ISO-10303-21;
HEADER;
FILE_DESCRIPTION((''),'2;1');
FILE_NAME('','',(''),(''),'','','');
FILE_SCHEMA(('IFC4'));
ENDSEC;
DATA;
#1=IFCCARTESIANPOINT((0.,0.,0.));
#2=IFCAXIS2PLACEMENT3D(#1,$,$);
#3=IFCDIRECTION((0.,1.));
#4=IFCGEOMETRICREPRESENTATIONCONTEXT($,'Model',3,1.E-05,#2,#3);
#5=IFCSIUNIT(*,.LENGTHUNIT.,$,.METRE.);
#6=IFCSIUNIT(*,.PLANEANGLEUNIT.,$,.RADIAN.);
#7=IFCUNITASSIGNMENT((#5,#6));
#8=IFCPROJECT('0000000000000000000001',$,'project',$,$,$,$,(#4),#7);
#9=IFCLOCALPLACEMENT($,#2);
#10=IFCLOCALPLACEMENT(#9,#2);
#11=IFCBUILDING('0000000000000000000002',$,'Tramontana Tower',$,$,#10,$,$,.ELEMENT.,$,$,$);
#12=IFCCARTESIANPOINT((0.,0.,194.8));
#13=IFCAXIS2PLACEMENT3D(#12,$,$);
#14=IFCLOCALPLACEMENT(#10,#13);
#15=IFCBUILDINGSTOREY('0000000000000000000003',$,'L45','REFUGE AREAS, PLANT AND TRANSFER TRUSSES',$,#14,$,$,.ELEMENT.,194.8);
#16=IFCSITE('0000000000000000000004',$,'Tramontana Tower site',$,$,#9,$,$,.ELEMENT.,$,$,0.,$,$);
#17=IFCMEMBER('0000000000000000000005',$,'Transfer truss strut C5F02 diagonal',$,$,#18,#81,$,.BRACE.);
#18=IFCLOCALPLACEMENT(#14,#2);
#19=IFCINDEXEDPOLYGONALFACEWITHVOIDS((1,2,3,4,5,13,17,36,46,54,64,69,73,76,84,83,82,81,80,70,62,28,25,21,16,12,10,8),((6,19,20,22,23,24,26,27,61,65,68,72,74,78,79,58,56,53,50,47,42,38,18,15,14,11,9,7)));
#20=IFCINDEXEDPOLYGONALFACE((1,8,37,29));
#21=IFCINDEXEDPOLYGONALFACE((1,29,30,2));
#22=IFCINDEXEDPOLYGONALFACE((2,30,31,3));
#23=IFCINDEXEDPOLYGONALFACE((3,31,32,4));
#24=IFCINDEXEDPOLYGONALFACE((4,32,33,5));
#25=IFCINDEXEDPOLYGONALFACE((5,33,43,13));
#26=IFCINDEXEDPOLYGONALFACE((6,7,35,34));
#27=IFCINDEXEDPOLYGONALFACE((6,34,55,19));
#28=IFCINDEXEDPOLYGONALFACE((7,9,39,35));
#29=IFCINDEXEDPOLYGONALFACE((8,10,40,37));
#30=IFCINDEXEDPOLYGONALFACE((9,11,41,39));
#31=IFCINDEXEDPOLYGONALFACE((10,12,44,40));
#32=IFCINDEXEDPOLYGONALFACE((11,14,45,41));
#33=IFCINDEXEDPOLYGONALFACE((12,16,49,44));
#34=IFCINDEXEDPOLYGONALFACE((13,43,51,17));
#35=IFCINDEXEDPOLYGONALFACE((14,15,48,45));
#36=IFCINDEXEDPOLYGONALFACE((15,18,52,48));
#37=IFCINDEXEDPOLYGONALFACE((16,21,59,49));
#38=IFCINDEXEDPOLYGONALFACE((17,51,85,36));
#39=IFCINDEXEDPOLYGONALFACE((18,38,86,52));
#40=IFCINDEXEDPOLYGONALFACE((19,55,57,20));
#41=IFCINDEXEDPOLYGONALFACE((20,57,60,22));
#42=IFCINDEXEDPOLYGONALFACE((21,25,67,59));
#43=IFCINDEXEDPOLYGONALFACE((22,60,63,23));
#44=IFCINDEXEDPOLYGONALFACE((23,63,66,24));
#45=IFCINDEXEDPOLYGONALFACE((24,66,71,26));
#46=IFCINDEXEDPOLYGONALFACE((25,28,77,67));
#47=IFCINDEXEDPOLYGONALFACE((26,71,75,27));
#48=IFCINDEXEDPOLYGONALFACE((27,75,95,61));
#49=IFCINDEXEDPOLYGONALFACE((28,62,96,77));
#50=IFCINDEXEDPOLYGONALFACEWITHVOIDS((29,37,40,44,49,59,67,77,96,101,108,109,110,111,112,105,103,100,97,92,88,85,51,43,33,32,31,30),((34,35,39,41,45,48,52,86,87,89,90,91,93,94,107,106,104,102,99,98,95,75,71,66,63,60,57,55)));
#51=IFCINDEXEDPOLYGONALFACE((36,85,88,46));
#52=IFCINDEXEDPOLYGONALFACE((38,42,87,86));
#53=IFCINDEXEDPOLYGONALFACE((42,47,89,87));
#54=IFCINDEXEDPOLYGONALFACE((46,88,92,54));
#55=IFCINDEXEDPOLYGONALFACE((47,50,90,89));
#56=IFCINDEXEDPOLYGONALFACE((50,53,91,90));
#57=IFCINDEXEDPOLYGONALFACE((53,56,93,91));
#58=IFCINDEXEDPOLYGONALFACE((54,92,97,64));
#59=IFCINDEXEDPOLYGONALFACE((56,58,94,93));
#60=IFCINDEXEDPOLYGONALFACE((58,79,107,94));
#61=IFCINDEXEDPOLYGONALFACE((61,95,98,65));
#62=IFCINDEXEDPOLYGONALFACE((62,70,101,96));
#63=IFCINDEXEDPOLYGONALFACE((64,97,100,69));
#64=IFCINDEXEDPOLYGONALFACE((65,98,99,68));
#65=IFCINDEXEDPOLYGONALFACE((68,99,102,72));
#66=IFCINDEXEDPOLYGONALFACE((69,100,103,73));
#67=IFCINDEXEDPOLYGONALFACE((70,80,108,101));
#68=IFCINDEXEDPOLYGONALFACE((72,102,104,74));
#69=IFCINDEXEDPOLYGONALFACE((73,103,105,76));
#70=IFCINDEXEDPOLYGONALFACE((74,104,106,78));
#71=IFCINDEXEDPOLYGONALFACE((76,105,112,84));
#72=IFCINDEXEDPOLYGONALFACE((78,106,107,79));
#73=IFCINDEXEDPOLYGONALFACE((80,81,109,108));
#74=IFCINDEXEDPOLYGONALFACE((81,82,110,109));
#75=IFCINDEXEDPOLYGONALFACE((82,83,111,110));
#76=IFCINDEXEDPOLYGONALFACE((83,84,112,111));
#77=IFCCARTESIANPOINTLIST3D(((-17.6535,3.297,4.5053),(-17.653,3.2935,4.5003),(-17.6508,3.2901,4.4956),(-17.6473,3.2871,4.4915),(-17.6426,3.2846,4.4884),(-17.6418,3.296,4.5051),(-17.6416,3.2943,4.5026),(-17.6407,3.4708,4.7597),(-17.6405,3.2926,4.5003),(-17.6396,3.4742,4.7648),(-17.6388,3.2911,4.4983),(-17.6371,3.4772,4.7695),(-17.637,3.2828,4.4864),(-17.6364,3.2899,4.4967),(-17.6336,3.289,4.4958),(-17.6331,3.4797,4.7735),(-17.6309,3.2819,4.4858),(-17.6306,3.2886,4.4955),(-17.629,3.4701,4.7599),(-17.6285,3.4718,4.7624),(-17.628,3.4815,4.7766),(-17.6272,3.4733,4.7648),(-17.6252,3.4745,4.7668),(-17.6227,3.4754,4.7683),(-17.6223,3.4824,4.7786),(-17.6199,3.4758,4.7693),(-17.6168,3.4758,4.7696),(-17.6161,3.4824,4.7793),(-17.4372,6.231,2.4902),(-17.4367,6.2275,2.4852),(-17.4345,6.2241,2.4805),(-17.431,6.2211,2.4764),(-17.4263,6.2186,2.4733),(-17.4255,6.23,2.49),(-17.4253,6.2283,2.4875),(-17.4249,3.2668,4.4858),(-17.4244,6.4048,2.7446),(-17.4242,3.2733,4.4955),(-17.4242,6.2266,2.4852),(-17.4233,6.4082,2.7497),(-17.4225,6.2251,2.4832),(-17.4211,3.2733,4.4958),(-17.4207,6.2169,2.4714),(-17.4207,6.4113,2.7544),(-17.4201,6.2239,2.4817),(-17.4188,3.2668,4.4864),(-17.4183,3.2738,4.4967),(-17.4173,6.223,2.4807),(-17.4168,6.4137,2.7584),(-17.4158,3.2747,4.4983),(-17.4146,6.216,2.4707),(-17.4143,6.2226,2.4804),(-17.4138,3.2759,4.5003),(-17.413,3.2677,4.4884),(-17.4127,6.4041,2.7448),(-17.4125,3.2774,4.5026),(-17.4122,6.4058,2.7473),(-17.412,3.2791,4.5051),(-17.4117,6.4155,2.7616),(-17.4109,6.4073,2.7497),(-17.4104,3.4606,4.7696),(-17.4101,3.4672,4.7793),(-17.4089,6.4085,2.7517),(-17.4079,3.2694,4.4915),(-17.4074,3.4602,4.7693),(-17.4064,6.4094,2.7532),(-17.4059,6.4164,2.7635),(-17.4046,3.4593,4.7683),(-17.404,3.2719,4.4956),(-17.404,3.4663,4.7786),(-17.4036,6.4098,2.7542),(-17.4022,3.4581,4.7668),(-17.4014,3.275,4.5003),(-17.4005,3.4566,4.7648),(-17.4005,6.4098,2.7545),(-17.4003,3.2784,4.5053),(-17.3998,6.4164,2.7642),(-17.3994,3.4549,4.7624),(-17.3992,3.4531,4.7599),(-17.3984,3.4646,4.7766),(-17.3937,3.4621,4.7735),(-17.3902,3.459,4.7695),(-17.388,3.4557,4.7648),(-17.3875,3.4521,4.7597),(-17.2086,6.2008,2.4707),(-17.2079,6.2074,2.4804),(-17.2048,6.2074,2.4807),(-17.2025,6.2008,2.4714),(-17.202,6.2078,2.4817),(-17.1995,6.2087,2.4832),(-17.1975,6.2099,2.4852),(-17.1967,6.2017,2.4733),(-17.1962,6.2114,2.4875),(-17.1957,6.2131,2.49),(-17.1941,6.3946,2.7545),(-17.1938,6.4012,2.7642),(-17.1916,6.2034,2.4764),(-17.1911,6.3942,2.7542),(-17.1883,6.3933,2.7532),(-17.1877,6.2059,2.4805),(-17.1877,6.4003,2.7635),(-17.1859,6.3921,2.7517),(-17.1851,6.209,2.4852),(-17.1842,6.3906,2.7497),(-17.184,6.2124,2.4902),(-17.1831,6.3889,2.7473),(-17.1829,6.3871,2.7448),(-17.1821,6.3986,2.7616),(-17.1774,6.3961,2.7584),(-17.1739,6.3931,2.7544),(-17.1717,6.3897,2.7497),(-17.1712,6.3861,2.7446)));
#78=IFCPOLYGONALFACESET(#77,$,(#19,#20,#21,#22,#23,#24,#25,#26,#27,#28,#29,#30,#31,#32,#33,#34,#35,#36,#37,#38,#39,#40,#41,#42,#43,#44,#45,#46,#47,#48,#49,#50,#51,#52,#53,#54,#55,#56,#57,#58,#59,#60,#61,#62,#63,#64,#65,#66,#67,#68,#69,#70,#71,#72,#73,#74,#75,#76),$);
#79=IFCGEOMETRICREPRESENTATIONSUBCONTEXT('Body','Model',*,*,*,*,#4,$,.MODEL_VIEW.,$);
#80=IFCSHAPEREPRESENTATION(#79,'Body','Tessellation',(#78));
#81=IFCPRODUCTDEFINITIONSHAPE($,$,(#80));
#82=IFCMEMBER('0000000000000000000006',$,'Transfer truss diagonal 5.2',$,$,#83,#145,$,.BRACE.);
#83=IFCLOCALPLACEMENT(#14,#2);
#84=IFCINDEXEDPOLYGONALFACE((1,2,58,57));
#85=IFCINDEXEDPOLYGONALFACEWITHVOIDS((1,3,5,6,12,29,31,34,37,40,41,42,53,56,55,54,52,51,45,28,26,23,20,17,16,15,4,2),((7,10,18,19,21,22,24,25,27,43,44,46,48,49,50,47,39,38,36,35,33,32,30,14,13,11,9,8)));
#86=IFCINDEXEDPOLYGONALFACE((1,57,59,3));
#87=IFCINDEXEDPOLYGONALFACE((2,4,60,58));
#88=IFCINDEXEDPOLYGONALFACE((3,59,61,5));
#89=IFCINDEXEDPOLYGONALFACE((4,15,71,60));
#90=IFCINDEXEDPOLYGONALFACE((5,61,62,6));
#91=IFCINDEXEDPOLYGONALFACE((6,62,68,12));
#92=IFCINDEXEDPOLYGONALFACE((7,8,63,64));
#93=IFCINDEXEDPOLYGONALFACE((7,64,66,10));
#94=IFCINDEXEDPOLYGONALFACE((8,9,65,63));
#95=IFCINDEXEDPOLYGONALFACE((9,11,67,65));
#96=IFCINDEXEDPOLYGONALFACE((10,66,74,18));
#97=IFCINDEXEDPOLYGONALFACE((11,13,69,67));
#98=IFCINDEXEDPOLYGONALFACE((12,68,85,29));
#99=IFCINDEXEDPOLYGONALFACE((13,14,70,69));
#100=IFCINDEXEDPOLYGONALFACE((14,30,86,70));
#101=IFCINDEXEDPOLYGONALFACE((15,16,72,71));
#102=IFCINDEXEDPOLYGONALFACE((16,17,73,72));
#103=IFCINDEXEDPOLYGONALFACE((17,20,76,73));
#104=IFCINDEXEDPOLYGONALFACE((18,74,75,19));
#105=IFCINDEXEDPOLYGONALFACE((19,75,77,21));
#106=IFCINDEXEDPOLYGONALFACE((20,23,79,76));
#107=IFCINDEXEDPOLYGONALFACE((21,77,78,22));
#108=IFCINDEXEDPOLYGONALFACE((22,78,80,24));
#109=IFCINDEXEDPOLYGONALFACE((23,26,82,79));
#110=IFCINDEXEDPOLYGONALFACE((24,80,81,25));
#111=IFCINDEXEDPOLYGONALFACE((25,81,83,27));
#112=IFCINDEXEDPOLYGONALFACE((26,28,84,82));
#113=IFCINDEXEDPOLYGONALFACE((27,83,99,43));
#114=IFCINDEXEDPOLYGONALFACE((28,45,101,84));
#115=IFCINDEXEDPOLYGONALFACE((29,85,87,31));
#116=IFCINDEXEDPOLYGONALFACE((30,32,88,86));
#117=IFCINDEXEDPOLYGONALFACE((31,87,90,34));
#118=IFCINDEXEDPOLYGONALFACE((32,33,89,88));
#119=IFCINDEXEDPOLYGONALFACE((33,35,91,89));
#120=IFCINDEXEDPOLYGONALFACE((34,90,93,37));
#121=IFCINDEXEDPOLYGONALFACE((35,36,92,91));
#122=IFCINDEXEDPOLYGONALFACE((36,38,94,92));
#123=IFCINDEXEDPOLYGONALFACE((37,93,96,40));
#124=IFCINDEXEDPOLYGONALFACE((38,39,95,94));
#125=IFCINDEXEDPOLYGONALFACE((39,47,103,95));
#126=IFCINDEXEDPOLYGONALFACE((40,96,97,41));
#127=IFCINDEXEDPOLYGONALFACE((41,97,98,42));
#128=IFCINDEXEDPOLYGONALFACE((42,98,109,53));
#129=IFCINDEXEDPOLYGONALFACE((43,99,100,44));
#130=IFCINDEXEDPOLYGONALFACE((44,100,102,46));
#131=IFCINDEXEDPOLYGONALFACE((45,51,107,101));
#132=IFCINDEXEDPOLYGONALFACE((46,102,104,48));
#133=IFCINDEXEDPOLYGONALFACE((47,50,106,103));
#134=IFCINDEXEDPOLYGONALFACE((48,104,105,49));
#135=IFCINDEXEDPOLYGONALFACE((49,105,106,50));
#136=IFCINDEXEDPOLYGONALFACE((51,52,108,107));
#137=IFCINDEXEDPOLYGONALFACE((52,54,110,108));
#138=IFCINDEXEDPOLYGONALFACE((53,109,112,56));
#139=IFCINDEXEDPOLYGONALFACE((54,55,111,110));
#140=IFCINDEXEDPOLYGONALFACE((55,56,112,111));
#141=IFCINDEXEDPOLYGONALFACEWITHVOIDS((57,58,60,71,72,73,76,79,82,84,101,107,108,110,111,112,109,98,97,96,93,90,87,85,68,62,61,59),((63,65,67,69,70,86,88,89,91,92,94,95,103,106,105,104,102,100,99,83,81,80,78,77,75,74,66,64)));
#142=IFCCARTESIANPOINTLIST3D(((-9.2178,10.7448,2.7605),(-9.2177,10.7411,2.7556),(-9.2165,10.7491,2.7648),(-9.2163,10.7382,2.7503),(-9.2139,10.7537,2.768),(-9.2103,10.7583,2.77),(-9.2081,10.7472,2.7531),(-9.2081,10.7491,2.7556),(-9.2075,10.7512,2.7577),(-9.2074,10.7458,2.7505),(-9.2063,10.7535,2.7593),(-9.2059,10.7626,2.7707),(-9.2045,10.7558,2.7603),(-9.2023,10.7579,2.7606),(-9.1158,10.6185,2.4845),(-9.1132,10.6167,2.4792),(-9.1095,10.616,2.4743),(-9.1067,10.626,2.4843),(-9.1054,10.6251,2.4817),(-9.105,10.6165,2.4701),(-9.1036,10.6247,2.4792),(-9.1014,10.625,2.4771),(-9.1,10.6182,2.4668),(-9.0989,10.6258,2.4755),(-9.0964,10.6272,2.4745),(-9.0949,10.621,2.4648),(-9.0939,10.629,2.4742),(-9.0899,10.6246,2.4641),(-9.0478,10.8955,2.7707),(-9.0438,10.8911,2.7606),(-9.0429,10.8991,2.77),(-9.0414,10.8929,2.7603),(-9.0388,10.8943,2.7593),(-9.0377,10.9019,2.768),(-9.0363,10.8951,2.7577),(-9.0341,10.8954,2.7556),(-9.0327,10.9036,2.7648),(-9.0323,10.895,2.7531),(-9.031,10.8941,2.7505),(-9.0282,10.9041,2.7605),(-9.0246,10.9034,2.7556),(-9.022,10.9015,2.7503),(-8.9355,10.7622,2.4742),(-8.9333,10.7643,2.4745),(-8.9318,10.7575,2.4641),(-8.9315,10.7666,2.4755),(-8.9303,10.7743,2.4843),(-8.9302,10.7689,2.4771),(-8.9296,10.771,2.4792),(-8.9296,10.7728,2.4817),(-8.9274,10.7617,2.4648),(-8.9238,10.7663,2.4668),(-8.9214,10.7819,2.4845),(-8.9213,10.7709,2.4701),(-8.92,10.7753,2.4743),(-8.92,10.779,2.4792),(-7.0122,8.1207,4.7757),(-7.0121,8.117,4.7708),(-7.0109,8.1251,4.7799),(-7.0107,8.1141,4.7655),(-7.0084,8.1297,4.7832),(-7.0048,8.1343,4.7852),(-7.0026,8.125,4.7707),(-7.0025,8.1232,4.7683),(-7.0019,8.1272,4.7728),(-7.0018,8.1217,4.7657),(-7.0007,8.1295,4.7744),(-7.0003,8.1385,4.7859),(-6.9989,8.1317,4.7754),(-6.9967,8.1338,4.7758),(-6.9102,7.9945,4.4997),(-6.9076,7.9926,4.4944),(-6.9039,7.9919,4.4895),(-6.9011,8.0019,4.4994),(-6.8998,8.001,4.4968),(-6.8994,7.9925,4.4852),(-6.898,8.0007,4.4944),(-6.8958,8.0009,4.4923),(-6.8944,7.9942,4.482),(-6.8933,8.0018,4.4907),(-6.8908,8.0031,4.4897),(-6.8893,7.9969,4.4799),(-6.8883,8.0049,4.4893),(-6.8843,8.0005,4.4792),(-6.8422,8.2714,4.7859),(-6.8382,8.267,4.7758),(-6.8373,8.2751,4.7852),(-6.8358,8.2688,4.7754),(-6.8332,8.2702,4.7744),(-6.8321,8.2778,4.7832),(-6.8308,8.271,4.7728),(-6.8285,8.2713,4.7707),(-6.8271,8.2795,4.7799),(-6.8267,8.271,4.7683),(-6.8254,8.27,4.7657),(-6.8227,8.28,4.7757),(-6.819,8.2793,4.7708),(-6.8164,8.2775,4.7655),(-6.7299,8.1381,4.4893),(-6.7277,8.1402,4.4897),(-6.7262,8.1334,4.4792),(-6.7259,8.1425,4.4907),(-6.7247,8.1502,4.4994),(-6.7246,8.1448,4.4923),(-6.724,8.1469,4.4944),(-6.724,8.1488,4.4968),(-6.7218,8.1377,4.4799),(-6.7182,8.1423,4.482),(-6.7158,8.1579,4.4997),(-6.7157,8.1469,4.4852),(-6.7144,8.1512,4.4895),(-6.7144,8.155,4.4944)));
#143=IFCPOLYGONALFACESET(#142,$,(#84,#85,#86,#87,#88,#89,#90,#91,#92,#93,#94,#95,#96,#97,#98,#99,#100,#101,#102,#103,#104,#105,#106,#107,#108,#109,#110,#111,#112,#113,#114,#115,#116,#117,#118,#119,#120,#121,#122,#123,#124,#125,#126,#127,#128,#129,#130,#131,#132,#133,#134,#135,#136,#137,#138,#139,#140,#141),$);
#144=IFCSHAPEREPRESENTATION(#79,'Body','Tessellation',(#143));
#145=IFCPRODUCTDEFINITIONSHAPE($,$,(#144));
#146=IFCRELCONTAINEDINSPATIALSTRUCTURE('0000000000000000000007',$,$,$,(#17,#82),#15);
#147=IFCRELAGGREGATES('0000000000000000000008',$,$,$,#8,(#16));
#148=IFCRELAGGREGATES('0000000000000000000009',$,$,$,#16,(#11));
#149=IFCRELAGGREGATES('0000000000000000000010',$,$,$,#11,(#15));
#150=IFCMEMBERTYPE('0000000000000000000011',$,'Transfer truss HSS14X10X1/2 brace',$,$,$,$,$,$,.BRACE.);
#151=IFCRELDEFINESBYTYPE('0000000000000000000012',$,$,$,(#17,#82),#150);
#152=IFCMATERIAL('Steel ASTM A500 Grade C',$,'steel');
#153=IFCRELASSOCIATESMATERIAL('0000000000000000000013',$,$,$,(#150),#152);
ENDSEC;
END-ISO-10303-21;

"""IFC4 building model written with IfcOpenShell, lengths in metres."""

from ifc_helpers import new_model, si_unit, direction, frame, origin, origin_2d, place, context, subcontext, project, spatial, hollow_rectangle, extrude, material, material_profile, profile_set, type_object, element, save


model = new_model("IFC4")

# Units and contexts
model_context = context("Model", 3, precision=1e-05, world=origin(), true_north=direction((0.0, 1.0)))
body_context = subcontext(model_context, "Body", "Model", "MODEL_VIEW")
ifc_project = project(units=[si_unit("LENGTHUNIT", "METRE"), si_unit("PLANEANGLEUNIT", "RADIAN")], contexts=[model_context])

# Site, building, storey
site_placement = place(None, origin())
site = spatial("IfcSite", under=ifc_project, at=site_placement, Name="Tramontana Tower site", CompositionType="ELEMENT", RefElevation=0.0)
building_placement = place(site_placement, origin())
building = spatial("IfcBuilding", under=site, at=building_placement, Name="Tramontana Tower", CompositionType="ELEMENT")
storey_placement = place(building_placement, frame((0.0, 0.0, 194.8)))
storey = spatial("IfcBuildingStorey", under=building, at=storey_placement, Name="L45", Description="REFUGE AREAS, PLANT AND TRANSFER TRUSSES", CompositionType="ELEMENT", Elevation=194.8)

# Members
ifc_material_1 = material(Name="Steel ASTM A500 Grade C", Category="steel")
ifc_material_profile_1 = material_profile(ifc_material_1, hollow_rectangle(XDim=0.2539, YDim=0.3557, WallThickness=0.0117, InnerFilletRadius=0.0117, OuterFilletRadius=0.0237, at=origin_2d()), Name="HSS14X10X1/2")
ifc_profile_set_1 = profile_set([ifc_material_profile_1], Name="Steel ASTM A500 Grade C")
member_type_1 = type_object("IfcMemberType", Name="Transfer truss HSS14X10X1/2 brace", PredefinedType="BRACE", material=ifc_profile_set_1)
member_1_placement = place(storey_placement, frame((-17.3042, 6.3086, 2.6174), z_axis=(-0.060658, -0.822792, 0.565096), x_axis=(0.997294, -0.073523, 0.0)))
element("IfcMember", 1, at=member_1_placement, inside=storey, type_object=member_type_1, Name="Transfer truss strut C5F02 diagonal", PredefinedType="BRACE", context=body_context, shape_type="SweptSolid", body=[
    extrude(hollow_rectangle(XDim=0.2539, YDim=0.3557, WallThickness=0.0117, InnerFilletRadius=0.0117, OuterFilletRadius=0.0237, at=origin_2d()), origin(), (0.0, 0.0, 1.0), 3.5659),
])
member_2_placement = place(storey_placement, frame((-6.8633, 8.136, 4.6326), z_axis=(-0.554681, 0.659919, -0.50679), x_axis=(-0.765506, -0.643429, 0.0)))
element("IfcMember", 2, at=member_2_placement, inside=storey, type_object=member_type_1, Name="Transfer truss diagonal 5.2", PredefinedType="BRACE", context=body_context, shape_type="SweptSolid", body=[
    extrude(hollow_rectangle(XDim=0.2539, YDim=0.3557, WallThickness=0.0117, InnerFilletRadius=0.0117, OuterFilletRadius=0.0237, at=origin_2d()), origin(), (0.0, 0.0, 1.0), 3.9763),
])

save(model, "model.ifc")
